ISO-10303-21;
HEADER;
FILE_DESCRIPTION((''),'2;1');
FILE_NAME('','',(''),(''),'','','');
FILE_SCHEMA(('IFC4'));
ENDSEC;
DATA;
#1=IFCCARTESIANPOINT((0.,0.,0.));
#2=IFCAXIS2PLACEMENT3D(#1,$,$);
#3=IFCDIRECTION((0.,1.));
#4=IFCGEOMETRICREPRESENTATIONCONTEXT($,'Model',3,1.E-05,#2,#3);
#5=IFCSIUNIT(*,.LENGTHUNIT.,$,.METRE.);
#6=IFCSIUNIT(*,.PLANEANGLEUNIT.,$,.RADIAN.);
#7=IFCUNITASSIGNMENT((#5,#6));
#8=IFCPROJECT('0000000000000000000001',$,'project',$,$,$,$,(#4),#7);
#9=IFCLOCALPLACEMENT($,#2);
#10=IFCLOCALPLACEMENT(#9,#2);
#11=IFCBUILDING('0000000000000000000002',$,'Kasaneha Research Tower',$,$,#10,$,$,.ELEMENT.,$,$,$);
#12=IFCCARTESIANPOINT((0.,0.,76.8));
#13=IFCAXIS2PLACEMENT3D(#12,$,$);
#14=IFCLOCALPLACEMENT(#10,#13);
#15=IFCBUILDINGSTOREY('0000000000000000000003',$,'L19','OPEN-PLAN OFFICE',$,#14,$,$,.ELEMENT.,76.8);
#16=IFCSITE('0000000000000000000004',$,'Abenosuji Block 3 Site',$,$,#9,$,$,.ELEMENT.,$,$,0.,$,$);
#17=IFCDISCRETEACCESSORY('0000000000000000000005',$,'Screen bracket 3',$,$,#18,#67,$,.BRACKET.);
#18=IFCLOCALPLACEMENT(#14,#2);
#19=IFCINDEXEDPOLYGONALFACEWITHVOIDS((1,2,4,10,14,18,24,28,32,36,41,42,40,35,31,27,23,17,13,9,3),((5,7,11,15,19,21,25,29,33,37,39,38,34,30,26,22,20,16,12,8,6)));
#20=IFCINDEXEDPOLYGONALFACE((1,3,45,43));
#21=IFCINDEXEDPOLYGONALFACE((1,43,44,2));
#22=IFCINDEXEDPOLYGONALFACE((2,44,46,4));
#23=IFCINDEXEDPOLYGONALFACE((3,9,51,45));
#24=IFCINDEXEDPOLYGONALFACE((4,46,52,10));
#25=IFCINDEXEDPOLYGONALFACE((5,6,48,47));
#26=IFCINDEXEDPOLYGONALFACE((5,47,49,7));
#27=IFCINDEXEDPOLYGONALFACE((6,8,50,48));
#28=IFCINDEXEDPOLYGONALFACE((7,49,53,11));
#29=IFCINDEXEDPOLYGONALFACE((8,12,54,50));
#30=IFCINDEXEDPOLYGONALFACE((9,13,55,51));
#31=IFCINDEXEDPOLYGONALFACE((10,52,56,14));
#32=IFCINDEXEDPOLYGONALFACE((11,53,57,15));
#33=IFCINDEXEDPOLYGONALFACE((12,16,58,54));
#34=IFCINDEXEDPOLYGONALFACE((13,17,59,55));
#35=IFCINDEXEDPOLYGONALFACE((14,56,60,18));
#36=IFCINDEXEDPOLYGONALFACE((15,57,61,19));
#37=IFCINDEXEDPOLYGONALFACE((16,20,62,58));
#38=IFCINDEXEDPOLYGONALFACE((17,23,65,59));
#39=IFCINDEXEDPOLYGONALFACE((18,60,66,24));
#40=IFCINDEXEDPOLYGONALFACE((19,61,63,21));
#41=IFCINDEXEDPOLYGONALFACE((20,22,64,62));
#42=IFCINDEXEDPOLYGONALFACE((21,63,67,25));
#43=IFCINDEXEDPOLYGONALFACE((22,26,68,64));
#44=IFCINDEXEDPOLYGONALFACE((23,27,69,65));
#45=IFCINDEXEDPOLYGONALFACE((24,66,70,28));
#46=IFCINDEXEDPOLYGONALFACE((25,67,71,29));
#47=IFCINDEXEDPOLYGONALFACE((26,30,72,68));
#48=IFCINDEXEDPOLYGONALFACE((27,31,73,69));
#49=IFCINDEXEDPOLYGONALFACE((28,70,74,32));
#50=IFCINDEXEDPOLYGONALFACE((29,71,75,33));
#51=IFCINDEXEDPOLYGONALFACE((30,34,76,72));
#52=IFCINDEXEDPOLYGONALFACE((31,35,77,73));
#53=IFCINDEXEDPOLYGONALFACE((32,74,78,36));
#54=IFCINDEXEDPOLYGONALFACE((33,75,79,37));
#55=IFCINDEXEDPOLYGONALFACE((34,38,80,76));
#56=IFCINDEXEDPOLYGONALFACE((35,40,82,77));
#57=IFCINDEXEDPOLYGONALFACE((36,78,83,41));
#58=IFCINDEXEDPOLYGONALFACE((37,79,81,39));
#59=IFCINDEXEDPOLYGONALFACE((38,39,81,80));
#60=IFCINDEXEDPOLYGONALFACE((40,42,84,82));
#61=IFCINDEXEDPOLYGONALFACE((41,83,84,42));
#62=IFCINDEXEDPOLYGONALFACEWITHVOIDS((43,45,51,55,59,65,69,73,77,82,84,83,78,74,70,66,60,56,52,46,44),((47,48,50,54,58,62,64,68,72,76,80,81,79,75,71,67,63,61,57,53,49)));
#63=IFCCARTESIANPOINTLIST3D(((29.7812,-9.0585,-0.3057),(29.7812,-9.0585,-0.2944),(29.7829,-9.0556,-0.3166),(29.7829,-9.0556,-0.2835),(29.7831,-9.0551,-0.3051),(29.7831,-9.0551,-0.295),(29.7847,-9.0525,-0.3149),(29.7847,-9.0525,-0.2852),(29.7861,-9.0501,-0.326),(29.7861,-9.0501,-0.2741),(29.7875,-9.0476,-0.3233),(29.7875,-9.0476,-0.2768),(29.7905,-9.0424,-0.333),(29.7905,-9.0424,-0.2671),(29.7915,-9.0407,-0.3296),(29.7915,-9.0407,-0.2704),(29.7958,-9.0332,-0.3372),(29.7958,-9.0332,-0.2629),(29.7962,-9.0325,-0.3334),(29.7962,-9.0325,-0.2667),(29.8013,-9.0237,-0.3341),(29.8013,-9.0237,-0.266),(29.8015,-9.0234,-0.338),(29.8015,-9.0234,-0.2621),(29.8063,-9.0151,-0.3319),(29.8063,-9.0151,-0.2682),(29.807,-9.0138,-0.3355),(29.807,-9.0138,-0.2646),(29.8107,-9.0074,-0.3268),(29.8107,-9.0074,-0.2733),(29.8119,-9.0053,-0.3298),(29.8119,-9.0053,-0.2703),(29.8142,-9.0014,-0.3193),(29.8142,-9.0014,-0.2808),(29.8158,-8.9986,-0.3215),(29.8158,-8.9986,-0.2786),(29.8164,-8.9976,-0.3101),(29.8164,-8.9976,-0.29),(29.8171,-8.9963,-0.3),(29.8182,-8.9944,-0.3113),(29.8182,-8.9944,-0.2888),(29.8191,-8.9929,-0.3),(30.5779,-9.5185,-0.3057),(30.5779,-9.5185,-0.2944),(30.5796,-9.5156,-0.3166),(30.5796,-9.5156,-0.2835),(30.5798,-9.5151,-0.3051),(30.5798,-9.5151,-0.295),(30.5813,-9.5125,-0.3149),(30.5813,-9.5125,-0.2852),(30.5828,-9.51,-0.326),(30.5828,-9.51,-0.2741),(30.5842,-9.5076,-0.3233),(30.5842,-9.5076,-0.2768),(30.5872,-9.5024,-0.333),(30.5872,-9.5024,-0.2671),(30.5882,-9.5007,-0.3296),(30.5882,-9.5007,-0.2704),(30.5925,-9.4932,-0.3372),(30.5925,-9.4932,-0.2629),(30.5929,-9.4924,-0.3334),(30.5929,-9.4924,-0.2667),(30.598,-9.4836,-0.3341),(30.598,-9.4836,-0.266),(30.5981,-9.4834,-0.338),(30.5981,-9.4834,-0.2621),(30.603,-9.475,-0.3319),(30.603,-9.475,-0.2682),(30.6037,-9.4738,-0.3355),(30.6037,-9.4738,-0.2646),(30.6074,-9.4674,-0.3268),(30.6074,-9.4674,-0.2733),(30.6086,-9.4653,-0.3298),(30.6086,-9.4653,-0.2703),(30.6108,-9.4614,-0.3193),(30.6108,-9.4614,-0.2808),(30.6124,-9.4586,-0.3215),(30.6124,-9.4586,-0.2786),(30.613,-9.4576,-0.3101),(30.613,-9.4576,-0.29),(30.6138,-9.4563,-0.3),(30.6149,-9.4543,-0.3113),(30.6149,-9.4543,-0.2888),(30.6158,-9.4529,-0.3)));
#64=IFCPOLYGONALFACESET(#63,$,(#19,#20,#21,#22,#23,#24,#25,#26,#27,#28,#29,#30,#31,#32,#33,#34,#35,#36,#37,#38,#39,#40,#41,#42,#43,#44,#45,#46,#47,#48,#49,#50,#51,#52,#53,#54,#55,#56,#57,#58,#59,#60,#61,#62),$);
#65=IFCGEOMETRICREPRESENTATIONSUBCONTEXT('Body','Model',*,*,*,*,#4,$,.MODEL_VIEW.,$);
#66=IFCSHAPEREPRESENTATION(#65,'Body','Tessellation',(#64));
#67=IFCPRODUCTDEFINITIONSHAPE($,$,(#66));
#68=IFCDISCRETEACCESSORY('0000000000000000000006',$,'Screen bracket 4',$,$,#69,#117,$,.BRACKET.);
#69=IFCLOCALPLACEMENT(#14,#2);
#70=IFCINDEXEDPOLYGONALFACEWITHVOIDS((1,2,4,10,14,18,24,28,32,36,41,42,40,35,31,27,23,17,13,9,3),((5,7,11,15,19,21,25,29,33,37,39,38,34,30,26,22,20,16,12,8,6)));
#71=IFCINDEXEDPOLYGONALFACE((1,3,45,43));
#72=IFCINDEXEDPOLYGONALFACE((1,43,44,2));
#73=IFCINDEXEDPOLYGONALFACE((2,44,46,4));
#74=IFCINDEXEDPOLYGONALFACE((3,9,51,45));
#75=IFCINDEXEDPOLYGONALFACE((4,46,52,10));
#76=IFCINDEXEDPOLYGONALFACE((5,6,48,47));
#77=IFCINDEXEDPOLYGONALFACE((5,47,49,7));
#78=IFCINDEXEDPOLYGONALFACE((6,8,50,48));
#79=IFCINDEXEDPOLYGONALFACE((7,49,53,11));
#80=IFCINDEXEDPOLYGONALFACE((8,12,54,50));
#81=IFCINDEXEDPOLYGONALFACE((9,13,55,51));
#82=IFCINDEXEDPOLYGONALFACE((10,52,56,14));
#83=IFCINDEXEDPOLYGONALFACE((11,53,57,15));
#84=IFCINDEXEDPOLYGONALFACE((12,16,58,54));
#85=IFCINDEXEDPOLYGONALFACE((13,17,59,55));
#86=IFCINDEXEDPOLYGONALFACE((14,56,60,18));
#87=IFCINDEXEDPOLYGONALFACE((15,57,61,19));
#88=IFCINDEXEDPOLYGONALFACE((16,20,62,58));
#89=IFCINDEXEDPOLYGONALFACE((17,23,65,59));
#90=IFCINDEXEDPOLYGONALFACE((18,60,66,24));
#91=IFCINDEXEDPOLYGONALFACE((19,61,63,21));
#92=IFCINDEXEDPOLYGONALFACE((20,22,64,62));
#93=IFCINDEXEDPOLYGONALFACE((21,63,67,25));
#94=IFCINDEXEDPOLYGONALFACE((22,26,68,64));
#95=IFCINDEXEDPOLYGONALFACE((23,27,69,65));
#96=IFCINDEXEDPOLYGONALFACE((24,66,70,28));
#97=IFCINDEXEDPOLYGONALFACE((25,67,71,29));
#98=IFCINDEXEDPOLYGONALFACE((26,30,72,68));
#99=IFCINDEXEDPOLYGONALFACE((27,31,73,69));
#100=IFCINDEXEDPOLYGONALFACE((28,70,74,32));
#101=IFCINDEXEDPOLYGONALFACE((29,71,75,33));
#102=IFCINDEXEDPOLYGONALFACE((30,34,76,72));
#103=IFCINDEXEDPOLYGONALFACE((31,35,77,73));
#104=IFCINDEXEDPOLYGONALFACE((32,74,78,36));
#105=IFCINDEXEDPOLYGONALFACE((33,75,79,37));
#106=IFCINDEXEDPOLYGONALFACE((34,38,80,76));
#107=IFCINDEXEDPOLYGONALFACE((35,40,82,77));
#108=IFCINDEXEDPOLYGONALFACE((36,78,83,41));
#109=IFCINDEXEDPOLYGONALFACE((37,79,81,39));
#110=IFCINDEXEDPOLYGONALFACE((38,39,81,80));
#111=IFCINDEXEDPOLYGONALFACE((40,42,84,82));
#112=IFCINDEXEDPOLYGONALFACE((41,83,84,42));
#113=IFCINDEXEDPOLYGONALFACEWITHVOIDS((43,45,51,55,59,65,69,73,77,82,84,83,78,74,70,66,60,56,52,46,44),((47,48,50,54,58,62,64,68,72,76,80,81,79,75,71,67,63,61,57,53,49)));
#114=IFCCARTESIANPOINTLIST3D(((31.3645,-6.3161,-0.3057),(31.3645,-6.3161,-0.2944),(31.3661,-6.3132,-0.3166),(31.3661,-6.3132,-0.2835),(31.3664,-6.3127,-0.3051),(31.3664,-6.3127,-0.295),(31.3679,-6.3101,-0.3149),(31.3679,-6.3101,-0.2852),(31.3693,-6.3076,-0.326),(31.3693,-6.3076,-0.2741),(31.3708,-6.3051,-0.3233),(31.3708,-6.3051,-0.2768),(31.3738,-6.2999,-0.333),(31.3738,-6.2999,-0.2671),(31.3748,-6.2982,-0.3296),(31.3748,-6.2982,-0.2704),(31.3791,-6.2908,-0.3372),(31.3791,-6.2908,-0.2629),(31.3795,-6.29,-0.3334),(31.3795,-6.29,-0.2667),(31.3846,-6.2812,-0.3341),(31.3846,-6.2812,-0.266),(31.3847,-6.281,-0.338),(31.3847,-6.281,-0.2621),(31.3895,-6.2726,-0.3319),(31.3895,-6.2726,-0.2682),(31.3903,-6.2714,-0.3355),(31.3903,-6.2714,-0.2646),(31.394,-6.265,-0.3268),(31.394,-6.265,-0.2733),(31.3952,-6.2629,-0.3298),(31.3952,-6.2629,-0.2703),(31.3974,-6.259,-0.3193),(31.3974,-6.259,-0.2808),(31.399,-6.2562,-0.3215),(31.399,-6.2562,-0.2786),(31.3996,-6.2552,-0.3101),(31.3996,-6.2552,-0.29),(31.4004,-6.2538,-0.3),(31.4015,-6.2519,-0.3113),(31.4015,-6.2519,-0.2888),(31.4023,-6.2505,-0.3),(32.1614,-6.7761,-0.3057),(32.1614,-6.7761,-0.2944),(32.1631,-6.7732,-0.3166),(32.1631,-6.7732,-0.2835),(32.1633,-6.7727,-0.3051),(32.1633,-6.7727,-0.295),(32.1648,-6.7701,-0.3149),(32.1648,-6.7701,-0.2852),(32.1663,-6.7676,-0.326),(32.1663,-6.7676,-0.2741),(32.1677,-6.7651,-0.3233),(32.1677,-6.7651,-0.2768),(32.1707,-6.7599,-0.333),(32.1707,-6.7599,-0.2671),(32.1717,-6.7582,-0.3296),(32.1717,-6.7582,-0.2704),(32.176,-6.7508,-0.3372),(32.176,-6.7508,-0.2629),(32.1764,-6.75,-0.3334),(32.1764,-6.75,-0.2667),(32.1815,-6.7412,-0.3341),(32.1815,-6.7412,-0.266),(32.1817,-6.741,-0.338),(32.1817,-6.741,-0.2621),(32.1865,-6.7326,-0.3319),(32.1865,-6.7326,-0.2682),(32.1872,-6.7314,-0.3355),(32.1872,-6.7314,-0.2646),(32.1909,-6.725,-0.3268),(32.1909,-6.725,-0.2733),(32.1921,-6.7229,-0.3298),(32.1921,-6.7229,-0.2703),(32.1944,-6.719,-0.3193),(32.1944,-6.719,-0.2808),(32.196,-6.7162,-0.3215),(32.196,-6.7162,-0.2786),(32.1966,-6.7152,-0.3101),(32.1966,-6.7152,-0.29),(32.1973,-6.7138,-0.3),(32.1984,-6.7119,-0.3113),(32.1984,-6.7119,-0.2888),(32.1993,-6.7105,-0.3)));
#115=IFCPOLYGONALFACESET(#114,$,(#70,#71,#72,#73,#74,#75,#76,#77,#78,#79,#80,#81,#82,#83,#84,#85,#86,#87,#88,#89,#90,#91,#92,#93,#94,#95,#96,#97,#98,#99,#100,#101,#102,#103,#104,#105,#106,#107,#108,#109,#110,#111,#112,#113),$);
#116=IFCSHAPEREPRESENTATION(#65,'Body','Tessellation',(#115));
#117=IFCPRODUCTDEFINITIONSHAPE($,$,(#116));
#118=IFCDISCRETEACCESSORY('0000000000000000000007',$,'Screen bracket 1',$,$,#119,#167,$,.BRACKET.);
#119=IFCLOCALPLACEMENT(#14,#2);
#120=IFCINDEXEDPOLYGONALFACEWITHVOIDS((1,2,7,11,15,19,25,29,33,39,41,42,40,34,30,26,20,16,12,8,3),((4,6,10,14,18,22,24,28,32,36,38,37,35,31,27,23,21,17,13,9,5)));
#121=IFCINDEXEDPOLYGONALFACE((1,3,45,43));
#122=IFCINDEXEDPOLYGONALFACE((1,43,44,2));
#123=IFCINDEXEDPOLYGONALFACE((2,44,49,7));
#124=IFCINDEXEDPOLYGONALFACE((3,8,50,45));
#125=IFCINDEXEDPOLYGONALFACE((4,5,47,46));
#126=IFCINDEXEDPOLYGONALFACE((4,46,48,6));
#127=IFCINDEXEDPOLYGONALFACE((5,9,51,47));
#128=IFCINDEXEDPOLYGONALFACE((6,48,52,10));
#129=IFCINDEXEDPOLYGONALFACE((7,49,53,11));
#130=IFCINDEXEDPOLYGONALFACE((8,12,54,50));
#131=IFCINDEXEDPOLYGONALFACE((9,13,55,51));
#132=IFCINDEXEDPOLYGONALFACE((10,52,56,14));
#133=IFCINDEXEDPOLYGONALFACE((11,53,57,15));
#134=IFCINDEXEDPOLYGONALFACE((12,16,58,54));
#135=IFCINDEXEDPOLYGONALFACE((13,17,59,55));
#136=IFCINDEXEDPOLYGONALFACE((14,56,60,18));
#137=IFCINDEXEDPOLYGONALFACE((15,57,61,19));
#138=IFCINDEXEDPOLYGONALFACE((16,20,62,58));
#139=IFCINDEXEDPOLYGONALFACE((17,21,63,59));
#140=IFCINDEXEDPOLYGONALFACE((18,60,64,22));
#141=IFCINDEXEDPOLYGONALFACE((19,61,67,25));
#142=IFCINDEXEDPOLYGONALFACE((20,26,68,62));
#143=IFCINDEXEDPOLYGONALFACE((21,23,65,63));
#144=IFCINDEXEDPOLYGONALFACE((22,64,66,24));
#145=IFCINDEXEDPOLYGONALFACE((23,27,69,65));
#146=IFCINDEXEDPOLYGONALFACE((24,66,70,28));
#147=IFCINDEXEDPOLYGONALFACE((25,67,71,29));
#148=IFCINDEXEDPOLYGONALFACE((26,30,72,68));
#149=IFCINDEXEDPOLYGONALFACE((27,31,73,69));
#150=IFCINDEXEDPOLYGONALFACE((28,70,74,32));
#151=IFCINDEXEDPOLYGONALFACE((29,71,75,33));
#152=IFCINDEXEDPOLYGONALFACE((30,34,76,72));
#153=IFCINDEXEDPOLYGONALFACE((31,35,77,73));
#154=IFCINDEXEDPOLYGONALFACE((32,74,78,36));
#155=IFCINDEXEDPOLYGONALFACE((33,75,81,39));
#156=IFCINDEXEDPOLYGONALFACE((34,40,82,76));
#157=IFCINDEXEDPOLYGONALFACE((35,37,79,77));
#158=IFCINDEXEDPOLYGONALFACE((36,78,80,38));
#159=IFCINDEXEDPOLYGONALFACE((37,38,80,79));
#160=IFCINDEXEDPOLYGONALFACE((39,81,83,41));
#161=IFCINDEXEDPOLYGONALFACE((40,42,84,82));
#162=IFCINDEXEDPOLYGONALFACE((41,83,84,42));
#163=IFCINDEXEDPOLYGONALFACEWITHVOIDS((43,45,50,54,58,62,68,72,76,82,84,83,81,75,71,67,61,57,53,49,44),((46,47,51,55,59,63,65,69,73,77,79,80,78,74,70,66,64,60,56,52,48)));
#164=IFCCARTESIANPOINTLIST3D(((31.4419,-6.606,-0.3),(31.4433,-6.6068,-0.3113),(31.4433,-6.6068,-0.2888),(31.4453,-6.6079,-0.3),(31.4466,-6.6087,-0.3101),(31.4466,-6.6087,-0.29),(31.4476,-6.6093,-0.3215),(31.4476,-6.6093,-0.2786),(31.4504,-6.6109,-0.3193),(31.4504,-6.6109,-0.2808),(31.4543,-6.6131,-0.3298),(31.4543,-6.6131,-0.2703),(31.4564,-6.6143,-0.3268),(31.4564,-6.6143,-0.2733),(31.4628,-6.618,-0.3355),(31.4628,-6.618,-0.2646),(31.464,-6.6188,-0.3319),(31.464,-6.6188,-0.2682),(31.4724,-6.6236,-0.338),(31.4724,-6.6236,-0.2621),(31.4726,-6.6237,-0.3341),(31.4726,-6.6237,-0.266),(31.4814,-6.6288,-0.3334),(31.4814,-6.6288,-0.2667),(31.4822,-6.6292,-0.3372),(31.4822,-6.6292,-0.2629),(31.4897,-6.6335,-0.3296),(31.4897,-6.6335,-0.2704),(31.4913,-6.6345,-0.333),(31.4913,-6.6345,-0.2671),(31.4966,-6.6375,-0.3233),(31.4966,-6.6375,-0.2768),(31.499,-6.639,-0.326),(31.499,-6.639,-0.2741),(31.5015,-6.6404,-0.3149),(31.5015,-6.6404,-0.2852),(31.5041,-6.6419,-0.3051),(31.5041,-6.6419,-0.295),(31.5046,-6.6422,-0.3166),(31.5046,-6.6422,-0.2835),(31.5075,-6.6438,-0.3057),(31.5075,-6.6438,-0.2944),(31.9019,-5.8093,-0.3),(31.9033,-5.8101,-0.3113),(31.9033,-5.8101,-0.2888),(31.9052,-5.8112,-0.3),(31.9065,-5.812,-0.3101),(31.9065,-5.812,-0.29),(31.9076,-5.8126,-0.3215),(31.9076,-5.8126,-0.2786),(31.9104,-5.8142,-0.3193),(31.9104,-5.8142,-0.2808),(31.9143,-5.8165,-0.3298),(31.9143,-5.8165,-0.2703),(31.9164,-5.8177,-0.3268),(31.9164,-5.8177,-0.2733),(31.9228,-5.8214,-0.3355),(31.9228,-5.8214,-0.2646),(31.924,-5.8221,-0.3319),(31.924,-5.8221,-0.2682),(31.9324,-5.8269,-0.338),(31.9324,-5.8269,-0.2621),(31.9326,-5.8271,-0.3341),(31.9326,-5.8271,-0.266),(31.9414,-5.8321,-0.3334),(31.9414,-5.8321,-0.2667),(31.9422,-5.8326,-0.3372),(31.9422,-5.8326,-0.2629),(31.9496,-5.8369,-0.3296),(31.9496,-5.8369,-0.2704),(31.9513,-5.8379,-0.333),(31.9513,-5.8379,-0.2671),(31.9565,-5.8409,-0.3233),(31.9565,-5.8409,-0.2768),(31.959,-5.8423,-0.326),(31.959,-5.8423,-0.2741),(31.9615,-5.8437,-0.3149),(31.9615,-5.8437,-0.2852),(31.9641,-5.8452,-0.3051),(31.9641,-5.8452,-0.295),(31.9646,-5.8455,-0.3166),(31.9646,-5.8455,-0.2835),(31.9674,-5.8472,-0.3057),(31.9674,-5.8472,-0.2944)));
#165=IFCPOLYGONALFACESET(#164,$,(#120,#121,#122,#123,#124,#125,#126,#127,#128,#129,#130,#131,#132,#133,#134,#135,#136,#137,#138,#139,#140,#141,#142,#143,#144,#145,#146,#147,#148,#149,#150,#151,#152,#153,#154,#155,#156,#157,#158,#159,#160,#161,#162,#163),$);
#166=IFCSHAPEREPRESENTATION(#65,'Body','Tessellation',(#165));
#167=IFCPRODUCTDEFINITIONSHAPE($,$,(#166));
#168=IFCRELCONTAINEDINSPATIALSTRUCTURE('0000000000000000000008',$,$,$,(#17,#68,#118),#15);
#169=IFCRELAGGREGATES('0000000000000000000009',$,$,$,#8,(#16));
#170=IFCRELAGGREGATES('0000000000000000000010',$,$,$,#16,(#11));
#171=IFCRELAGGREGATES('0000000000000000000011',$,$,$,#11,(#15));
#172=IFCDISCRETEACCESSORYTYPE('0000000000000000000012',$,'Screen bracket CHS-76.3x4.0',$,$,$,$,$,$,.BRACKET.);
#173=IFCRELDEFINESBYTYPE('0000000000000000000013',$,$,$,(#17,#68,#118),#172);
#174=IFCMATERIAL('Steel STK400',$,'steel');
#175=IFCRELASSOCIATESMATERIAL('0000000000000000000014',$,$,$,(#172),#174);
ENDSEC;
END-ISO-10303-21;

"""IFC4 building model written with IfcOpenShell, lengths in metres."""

from ifc_helpers import new_model, si_unit, direction, frame, origin, origin_2d, place, context, subcontext, project, spatial, hollow_circle, extrude, material, material_profile, profile_set, type_object, element, save


model = new_model("IFC4")

# Units and contexts
model_context = context("Model", 3, precision=1e-05, world=origin(), true_north=direction((0.0, 1.0)))
body_context = subcontext(model_context, "Body", "Model", "MODEL_VIEW")
ifc_project = project(units=[si_unit("LENGTHUNIT", "METRE"), si_unit("PLANEANGLEUNIT", "RADIAN")], contexts=[model_context])

# Site, building, storey
site_placement = place(None, origin())
site = spatial("IfcSite", under=ifc_project, at=site_placement, Name="Abenosuji Block 3 Site", CompositionType="ELEMENT", RefElevation=0.0)
building_placement = place(site_placement, origin())
building = spatial("IfcBuilding", under=site, at=building_placement, Name="Kasaneha Research Tower", CompositionType="ELEMENT")
storey_placement = place(building_placement, frame((0.0, 0.0, 76.8)))
storey = spatial("IfcBuildingStorey", under=building, at=storey_placement, Name="L19", Description="OPEN-PLAN OFFICE", CompositionType="ELEMENT", Elevation=76.8)

# Discrete accessories
ifc_material_1 = material(Name="Steel STK400", Category="steel")
ifc_material_profile_1 = material_profile(ifc_material_1, hollow_circle(Radius=0.0381, WallThickness=0.0039, at=origin_2d()), Name="CHS-76.3x4.0")
ifc_profile_set_1 = profile_set([ifc_material_profile_1], Name="Steel STK400")
discrete_accessory_type = type_object("IfcDiscreteAccessoryType", Name="Screen bracket CHS-76.3x4.0", PredefinedType="BRACKET", material=ifc_profile_set_1)
discrete_accessory_1_placement = place(storey_placement, frame((29.8, -9.0259, -0.3), z_axis=(0.866013, -0.500021, 0.0), x_axis=(0.500021, 0.866013, 0.0)))
element("IfcDiscreteAccessory", 1, at=discrete_accessory_1_placement, inside=storey, type_object=discrete_accessory_type, Name="Screen bracket 3", PredefinedType="BRACKET", context=body_context, shape_type="SweptSolid", body=[
    extrude(hollow_circle(Radius=0.0381, WallThickness=0.0039, at=origin_2d()), origin(), (0.0, 0.0, 1.0), 0.9199),
])
discrete_accessory_2_placement = place(storey_placement, frame((31.3833, -6.2834, -0.3), z_axis=(0.86608, -0.499906, 0.0), x_axis=(0.499906, 0.86608, 0.0)))
element("IfcDiscreteAccessory", 2, at=discrete_accessory_2_placement, inside=storey, type_object=discrete_accessory_type, Name="Screen bracket 4", PredefinedType="BRACKET", context=body_context, shape_type="SweptSolid", body=[
    extrude(hollow_circle(Radius=0.0381, WallThickness=0.0039, at=origin_2d()), origin(), (0.0, 0.0, 1.0), 0.9202),
])
discrete_accessory_3_placement = place(storey_placement, frame((31.4749, -6.625, -0.3), z_axis=(0.500021, 0.866013, 0.0), x_axis=(-0.866013, 0.500021, 0.0)))
element("IfcDiscreteAccessory", 3, at=discrete_accessory_3_placement, inside=storey, type_object=discrete_accessory_type, Name="Screen bracket 1", PredefinedType="BRACKET", context=body_context, shape_type="SweptSolid", body=[
    extrude(hollow_circle(Radius=0.0381, WallThickness=0.0039, at=origin_2d()), origin(), (0.0, 0.0, 1.0), 0.9199),
])

save(model, "model.ifc")
